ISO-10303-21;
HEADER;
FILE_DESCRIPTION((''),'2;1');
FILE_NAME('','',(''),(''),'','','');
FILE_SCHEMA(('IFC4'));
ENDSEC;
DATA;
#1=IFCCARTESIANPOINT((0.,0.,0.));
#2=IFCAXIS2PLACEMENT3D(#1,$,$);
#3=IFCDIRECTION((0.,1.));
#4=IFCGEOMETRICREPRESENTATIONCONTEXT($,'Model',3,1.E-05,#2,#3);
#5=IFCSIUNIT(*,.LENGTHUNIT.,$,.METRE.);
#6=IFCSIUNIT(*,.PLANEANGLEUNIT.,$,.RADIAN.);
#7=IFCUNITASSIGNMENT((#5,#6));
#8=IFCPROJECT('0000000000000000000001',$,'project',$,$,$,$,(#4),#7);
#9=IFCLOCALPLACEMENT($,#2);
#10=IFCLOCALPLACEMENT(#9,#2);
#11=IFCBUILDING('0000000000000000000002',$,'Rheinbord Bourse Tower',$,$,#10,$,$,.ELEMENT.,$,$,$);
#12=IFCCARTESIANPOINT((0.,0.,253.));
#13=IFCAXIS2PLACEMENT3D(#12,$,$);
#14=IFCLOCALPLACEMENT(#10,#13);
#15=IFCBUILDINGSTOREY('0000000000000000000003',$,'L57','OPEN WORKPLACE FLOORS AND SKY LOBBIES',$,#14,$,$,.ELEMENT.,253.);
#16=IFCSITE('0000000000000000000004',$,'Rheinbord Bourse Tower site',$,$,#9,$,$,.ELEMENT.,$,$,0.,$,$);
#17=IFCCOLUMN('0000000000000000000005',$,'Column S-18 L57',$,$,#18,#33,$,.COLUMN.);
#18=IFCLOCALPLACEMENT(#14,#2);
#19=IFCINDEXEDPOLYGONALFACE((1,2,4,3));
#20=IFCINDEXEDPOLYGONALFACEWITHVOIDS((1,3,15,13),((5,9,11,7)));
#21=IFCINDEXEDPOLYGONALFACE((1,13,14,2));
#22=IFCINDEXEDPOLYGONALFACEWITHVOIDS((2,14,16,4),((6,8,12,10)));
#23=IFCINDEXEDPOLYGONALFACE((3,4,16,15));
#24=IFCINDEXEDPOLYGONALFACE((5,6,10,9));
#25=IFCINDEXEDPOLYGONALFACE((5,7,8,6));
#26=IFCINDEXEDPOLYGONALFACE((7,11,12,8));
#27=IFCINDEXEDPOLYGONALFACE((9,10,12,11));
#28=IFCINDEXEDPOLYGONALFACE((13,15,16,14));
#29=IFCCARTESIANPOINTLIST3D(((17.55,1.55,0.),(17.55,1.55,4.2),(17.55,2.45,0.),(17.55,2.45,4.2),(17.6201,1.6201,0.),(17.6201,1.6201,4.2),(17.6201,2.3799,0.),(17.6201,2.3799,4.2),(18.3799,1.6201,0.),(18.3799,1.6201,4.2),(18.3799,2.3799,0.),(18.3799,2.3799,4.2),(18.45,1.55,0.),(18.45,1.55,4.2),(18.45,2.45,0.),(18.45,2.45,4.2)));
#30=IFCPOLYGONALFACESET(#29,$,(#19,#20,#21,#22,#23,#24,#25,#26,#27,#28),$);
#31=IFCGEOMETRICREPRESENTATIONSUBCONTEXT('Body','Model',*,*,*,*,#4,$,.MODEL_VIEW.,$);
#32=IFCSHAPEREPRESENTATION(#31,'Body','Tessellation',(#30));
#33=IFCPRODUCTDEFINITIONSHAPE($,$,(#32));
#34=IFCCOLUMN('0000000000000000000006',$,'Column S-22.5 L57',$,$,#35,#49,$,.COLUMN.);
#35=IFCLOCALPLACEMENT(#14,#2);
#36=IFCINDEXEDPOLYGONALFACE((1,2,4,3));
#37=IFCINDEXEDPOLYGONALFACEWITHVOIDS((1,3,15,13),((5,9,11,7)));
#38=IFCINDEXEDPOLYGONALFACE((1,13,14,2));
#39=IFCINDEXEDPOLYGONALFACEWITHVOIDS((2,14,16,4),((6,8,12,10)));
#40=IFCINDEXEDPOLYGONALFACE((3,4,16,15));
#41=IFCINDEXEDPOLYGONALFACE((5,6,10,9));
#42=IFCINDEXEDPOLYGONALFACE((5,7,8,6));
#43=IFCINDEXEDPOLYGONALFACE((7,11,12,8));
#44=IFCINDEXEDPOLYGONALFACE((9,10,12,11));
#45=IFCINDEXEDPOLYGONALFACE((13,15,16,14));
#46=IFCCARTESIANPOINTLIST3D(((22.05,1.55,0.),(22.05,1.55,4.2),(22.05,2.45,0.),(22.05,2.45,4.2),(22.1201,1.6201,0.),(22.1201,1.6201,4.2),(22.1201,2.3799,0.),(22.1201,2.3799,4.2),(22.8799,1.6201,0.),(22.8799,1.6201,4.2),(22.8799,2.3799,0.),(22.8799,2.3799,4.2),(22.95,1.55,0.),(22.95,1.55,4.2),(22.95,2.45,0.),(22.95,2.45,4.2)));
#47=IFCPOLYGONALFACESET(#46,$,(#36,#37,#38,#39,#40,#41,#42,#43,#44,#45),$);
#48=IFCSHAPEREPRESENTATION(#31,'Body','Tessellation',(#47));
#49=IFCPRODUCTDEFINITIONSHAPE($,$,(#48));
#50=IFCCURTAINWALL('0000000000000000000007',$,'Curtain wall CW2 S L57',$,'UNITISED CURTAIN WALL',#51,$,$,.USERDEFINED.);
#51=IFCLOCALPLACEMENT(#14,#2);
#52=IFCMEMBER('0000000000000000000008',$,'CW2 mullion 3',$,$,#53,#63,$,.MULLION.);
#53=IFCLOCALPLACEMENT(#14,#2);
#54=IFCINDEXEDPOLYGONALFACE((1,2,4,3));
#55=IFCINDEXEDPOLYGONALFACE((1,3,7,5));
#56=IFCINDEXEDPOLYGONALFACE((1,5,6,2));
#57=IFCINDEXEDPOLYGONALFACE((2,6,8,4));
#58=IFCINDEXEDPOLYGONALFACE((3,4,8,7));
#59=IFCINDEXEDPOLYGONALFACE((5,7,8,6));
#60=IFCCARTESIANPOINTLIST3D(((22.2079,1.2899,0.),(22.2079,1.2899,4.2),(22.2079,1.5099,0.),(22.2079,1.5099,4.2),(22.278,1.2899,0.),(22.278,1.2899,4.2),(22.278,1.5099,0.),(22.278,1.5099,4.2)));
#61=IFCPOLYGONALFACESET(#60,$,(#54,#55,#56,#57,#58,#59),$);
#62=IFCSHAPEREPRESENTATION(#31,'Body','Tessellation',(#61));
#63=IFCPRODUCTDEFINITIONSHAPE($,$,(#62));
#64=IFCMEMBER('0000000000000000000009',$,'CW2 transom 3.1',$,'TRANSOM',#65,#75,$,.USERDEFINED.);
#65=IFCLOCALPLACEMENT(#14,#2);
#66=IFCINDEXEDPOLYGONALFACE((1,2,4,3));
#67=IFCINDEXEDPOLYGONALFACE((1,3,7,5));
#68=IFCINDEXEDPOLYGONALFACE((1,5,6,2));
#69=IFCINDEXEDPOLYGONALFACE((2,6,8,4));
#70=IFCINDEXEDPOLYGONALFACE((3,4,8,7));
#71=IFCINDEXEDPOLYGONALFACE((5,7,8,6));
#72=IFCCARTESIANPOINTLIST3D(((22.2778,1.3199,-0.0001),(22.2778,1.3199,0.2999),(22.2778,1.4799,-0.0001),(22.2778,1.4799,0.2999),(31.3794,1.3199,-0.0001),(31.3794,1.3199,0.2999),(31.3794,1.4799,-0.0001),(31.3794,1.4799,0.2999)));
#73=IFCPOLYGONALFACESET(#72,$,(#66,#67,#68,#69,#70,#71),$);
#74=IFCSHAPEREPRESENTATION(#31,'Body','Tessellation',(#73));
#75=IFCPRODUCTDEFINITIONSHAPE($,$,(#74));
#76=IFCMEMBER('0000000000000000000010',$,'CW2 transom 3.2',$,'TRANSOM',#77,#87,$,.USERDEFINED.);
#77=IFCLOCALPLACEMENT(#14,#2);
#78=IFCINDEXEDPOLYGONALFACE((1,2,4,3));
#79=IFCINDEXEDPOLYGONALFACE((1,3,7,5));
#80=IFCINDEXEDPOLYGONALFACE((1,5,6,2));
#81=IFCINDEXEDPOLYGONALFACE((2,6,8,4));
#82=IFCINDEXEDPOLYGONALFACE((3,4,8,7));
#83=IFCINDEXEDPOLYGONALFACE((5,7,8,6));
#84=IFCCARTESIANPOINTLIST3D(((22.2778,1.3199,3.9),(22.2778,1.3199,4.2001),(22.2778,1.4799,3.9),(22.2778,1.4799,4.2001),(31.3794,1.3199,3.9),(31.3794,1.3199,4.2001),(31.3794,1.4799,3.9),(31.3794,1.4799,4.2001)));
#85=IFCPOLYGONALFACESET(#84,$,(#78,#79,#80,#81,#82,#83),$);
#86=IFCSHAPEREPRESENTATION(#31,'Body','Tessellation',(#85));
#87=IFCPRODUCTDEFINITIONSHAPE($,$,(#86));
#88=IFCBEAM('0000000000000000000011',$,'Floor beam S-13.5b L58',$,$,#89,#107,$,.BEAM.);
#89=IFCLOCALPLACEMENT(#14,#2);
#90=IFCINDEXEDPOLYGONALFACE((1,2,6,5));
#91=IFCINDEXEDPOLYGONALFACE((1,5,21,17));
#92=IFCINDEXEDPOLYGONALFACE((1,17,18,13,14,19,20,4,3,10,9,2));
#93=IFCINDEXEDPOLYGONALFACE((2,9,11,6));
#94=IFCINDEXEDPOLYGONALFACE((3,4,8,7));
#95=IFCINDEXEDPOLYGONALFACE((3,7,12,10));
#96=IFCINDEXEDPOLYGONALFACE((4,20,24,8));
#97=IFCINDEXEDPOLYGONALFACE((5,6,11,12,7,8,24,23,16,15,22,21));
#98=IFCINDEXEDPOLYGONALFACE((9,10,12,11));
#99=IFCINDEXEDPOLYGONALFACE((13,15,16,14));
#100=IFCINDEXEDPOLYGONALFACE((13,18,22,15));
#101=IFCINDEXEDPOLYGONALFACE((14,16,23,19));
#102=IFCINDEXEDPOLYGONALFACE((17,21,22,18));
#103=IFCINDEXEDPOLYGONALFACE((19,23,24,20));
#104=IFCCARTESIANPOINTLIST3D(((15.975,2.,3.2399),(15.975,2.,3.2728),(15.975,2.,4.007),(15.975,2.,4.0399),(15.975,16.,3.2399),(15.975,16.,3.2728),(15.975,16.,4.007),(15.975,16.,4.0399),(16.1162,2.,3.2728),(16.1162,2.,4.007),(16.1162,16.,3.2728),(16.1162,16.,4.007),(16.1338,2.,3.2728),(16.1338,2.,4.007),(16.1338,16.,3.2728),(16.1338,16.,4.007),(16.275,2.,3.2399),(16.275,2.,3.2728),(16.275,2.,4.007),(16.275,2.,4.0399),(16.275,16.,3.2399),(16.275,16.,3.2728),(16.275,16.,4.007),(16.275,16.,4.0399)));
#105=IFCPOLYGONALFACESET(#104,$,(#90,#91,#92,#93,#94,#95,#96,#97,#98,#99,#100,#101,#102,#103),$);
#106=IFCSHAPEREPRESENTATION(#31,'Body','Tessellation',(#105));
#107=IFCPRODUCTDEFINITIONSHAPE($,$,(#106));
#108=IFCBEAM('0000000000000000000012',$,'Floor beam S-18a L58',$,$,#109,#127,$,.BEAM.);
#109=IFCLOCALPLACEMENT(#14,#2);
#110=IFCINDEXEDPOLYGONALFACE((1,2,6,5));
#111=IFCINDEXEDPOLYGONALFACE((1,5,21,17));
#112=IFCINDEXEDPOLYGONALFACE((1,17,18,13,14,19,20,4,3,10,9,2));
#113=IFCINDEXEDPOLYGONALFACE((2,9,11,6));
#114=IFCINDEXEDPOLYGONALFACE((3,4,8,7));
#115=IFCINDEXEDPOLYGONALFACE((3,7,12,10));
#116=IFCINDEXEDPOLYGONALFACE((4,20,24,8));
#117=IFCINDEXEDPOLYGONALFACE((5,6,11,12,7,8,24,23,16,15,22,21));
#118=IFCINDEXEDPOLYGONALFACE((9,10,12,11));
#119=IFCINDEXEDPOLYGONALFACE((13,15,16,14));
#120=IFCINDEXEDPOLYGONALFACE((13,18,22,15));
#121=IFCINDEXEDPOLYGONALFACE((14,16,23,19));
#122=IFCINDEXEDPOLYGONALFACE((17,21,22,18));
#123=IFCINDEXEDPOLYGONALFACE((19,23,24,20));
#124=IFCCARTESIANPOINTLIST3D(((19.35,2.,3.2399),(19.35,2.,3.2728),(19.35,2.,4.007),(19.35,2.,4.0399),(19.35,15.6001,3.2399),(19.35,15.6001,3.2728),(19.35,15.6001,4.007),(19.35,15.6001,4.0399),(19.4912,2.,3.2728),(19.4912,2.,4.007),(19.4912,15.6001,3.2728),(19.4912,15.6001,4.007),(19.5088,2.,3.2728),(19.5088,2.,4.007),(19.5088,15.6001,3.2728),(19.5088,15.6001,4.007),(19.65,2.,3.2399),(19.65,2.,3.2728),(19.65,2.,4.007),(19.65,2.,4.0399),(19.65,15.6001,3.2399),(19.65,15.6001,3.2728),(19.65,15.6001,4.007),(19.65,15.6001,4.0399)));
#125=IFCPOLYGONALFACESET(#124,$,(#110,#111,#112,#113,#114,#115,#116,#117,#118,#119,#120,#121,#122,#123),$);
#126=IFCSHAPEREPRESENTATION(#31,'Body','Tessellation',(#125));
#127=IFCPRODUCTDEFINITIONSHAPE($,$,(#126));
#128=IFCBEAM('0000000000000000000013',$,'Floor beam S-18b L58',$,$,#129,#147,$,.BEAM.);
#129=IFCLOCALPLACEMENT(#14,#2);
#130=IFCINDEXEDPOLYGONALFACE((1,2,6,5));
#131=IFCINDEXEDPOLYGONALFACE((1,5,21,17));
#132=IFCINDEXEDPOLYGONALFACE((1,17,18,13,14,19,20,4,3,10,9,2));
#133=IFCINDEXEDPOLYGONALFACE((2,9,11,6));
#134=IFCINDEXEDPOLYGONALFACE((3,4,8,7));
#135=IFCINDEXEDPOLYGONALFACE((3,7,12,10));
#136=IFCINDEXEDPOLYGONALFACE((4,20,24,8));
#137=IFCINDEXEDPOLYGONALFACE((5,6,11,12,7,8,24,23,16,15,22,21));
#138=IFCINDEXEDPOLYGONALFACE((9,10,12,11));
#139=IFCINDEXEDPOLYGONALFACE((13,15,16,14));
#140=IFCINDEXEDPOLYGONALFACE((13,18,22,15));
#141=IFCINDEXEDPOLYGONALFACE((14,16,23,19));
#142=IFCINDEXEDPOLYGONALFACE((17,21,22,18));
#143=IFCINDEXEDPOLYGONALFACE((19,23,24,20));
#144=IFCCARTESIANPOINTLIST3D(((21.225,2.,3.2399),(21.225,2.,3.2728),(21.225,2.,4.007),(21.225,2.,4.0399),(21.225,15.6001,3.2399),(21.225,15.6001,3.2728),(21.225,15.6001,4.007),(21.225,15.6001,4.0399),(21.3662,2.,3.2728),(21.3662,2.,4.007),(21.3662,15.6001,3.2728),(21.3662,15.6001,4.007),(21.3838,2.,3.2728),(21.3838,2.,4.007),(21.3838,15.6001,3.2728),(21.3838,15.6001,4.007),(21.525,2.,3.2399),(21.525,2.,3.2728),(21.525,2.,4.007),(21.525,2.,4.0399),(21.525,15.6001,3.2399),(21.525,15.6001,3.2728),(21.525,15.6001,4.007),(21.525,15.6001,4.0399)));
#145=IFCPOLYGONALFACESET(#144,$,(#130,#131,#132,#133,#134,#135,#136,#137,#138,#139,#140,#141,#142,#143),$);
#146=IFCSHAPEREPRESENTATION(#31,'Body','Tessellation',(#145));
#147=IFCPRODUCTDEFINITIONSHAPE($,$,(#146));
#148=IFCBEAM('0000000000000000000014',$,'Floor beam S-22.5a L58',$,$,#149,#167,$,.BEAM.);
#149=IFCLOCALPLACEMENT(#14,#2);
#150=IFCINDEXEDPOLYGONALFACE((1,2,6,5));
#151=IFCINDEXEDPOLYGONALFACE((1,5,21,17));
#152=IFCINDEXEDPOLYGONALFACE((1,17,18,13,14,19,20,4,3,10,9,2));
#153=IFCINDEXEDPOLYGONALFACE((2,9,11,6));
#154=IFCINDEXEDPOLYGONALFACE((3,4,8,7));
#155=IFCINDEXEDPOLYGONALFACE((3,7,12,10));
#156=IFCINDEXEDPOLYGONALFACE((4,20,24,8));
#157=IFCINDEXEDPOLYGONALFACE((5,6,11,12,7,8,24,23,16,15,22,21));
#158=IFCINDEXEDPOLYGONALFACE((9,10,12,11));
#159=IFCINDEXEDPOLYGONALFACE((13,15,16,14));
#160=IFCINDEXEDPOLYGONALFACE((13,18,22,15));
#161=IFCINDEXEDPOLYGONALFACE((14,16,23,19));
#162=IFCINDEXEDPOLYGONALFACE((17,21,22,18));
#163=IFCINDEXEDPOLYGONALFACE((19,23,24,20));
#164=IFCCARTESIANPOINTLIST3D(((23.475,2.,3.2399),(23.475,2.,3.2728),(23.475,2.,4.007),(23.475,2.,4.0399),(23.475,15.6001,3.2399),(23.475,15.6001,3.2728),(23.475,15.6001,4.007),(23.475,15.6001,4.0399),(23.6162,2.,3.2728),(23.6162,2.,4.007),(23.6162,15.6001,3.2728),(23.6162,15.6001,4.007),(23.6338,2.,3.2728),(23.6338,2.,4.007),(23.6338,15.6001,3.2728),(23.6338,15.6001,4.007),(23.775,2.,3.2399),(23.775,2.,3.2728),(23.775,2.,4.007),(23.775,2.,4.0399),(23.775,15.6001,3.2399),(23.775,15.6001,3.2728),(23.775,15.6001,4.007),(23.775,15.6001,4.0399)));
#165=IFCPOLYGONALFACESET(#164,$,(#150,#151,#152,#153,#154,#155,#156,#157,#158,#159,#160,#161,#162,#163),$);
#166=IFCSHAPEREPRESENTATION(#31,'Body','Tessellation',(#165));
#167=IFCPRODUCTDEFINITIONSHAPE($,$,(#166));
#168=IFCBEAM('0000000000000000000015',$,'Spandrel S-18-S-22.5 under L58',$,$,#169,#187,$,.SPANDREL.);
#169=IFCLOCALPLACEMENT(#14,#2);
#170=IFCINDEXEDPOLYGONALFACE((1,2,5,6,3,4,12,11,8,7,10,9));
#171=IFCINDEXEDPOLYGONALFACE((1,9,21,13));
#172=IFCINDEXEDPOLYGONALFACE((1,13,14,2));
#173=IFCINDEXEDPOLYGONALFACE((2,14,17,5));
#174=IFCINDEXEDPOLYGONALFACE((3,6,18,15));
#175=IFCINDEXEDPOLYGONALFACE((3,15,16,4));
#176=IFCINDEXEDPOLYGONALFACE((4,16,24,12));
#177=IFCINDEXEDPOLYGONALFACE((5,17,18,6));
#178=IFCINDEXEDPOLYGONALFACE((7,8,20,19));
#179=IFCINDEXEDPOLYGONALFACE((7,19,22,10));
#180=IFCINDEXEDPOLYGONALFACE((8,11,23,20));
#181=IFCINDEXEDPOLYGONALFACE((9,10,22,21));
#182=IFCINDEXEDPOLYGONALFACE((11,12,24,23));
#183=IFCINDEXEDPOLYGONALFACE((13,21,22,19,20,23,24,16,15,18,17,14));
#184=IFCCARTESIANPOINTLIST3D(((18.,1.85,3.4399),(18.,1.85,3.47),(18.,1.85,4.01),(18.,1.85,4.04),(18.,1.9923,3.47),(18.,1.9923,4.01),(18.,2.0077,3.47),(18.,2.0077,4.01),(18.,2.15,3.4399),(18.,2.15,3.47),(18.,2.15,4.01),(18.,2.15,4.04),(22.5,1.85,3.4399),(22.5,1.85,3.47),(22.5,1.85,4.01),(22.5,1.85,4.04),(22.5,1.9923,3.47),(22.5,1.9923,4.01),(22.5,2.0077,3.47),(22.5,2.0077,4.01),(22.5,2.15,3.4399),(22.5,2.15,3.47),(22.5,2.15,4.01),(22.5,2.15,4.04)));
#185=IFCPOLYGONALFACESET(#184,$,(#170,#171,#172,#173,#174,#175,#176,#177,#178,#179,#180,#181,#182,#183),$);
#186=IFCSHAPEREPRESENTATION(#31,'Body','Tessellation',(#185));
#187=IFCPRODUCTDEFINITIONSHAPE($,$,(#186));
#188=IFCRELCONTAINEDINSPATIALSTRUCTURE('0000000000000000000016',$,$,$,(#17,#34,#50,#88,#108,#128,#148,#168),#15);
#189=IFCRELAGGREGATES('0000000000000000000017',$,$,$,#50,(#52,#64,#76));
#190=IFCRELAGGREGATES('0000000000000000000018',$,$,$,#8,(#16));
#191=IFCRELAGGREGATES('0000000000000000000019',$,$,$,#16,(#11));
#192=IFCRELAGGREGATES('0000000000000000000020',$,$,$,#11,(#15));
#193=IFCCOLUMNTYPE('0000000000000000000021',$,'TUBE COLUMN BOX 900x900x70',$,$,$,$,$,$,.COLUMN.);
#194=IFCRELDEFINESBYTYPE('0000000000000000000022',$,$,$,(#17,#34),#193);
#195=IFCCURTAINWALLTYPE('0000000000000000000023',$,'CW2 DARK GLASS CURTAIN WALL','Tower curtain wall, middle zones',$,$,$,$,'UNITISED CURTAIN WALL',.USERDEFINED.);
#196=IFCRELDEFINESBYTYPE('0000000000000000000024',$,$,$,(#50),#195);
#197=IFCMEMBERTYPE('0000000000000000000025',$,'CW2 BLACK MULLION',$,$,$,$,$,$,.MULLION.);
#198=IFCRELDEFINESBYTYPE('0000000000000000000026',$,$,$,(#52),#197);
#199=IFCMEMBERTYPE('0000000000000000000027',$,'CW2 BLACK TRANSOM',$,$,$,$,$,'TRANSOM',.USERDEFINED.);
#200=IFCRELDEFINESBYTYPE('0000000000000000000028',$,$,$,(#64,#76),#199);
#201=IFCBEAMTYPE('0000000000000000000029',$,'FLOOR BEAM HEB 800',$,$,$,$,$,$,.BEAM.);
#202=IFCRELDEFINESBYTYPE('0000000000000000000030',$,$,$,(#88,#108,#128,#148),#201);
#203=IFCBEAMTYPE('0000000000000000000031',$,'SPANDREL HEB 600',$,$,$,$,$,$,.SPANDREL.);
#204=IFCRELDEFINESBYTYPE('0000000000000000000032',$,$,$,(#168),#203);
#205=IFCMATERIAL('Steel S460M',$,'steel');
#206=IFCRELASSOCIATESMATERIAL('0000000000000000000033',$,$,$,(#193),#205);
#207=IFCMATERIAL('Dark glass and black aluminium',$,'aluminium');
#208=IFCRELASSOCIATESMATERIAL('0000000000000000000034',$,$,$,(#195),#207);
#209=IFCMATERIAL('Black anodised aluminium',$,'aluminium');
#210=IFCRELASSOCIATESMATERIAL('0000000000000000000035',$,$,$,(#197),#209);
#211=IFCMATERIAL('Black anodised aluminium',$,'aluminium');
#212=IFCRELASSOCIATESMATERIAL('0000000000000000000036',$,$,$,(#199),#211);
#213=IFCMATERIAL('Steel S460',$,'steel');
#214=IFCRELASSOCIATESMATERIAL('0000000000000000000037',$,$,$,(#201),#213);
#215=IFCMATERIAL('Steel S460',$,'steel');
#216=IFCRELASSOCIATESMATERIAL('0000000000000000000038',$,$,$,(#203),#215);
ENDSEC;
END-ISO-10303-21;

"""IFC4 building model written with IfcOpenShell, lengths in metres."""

from ifc_helpers import new_model, si_unit, direction, frame, origin, origin_2d, place, context, subcontext, project, spatial, rectangle, hollow_rectangle, i_section, extrude, material, material_profile, profile_set, type_object, element, aggregate, save


model = new_model("IFC4")

# Units and contexts
model_context = context("Model", 3, precision=1e-05, world=origin(), true_north=direction((0.0, 1.0)))
body_context = subcontext(model_context, "Body", "Model", "MODEL_VIEW")
ifc_project = project(units=[si_unit("LENGTHUNIT", "METRE"), si_unit("PLANEANGLEUNIT", "RADIAN")], contexts=[model_context])

# Site, building, storey
site_placement = place(None, origin())
site = spatial("IfcSite", under=ifc_project, at=site_placement, Name="Rheinbord Bourse Tower site", CompositionType="ELEMENT", RefElevation=0.0)
building_placement = place(site_placement, origin())
building = spatial("IfcBuilding", under=site, at=building_placement, Name="Rheinbord Bourse Tower", CompositionType="ELEMENT")
storey_placement = place(building_placement, frame((0.0, 0.0, 253.0)))
storey = spatial("IfcBuildingStorey", under=building, at=storey_placement, Name="L57", Description="OPEN WORKPLACE FLOORS AND SKY LOBBIES", CompositionType="ELEMENT", Elevation=253.0)

# Columns
ifc_material_1 = material(Name="Steel S460M", Category="steel")
ifc_material_profile_1 = material_profile(ifc_material_1, hollow_rectangle(XDim=0.8999, YDim=0.8999, WallThickness=0.0701, at=origin_2d()), Name="BOX 900x900x70")
ifc_profile_set_1 = profile_set([ifc_material_profile_1], Name="Steel S460M")
column_type = type_object("IfcColumnType", Name="TUBE COLUMN BOX 900x900x70", PredefinedType="COLUMN", material=ifc_profile_set_1)
for number, where, z_axis, x_axis, name in (
    (1, (18.0, 2.0, 0.0), (0.0, 0.0, 1.0), (0.0, 1.0, 0.0), "Column S-18 L57"),
    (2, (22.5, 2.0, 0.0), (0.0, 0.0, 1.0), (0.0, 1.0, 0.0), "Column S-22.5 L57"),
):
    element("IfcColumn", number, at=place(storey_placement, frame(where, z_axis=z_axis, x_axis=x_axis)), inside=storey, type_object=column_type, Name=name, PredefinedType="COLUMN", context=body_context, shape_type="SweptSolid", body=[
        extrude(hollow_rectangle(XDim=0.8999, YDim=0.8999, WallThickness=0.0701, at=origin_2d()), origin(), (0.0, 0.0, 1.0), 4.2),
    ])

# Curtain wall, members
ifc_material_2 = material(Name="Dark glass and black aluminium", Category="aluminium")
curtain_wall_type = type_object("IfcCurtainWallType", Name="CW2 DARK GLASS CURTAIN WALL", Description="Tower curtain wall, middle zones", ElementType="UNITISED CURTAIN WALL", PredefinedType="USERDEFINED", material=ifc_material_2)
curtain_wall_placement = place(storey_placement, origin())
curtain_wall = element("IfcCurtainWall", 3, at=curtain_wall_placement, inside=storey, type_object=curtain_wall_type, Name="Curtain wall CW2 S L57", ObjectType="UNITISED CURTAIN WALL", PredefinedType="USERDEFINED")
ifc_material_3 = material(Name="Black anodised aluminium", Category="aluminium")
ifc_material_profile_2 = material_profile(ifc_material_3, rectangle(XDim=0.22, YDim=0.0701, at=origin_2d()), Name="CW2 MULLION 70x220")
ifc_profile_set_2 = profile_set([ifc_material_profile_2], Name="Black anodised aluminium")
member_type_1 = type_object("IfcMemberType", Name="CW2 BLACK MULLION", PredefinedType="MULLION", material=ifc_profile_set_2)
member_1_placement = place(storey_placement, frame((22.2429, 1.3999, 0.0), z_axis=(0.0, 0.0, 1.0), x_axis=(0.0, 1.0, 0.0)))
member_1 = element("IfcMember", 4, at=member_1_placement, type_object=member_type_1, Name="CW2 mullion 3", PredefinedType="MULLION", context=body_context, shape_type="SweptSolid", body=[
    extrude(rectangle(XDim=0.22, YDim=0.0701, at=origin_2d()), origin(), (0.0, 0.0, 1.0), 4.2),
])
ifc_material_4 = material(Name="Black anodised aluminium", Category="aluminium")
ifc_material_profile_3 = material_profile(ifc_material_4, rectangle(XDim=0.1599, YDim=0.3, at=origin_2d()), Name="CW2 TRANSOM 300x160")
ifc_profile_set_3 = profile_set([ifc_material_profile_3], Name="Black anodised aluminium")
member_type_2 = type_object("IfcMemberType", Name="CW2 BLACK TRANSOM", ElementType="TRANSOM", PredefinedType="USERDEFINED", material=ifc_profile_set_3)
member_2_placement = place(storey_placement, frame((22.2778, 1.3999, 0.1499), z_axis=(1.0, 0.0, 0.0), x_axis=(0.0, 1.0, 0.0)))
member_2 = element("IfcMember", 5, at=member_2_placement, type_object=member_type_2, Name="CW2 transom 3.1", ObjectType="TRANSOM", PredefinedType="USERDEFINED", context=body_context, shape_type="SweptSolid", body=[
    extrude(rectangle(XDim=0.1599, YDim=0.3, at=origin_2d()), origin(), (0.0, 0.0, 1.0), 9.1016),
])
member_3_placement = place(storey_placement, frame((22.2778, 1.3999, 4.05), z_axis=(1.0, 0.0, 0.0), x_axis=(0.0, 1.0, 0.0)))
member_3 = element("IfcMember", 6, at=member_3_placement, type_object=member_type_2, Name="CW2 transom 3.2", ObjectType="TRANSOM", PredefinedType="USERDEFINED", context=body_context, shape_type="SweptSolid", body=[
    extrude(rectangle(XDim=0.1599, YDim=0.3, at=origin_2d()), origin(), (0.0, 0.0, 1.0), 9.1016),
])

# Beams
ifc_material_5 = material(Name="Steel S460", Category="steel")
ifc_material_profile_4 = material_profile(ifc_material_5, i_section(OverallWidth=0.3, OverallDepth=0.8, WebThickness=0.0176, FlangeThickness=0.033, at=origin_2d()), Name="HEB 800")
ifc_profile_set_4 = profile_set([ifc_material_profile_4], Name="Steel S460")
beam_type_1 = type_object("IfcBeamType", Name="FLOOR BEAM HEB 800", PredefinedType="BEAM", material=ifc_profile_set_4)
beam_placement = place(storey_placement, frame((16.125, 2.0, 3.6399), z_axis=(0.0, 1.0, 0.0), x_axis=(-1.0, 0.0, 0.0)))
element("IfcBeam", 7, at=beam_placement, inside=storey, type_object=beam_type_1, Name="Floor beam S-13.5b L58", PredefinedType="BEAM", context=body_context, shape_type="SweptSolid", body=[
    extrude(i_section(OverallWidth=0.3, OverallDepth=0.8, WebThickness=0.0176, FlangeThickness=0.033, at=origin_2d()), origin(), (0.0, 0.0, 1.0), 14.0),
])
for number, where, z_axis, x_axis, name in (
    (8, (19.5, 2.0, 3.6399), (0.0, 1.0, 0.0), (-1.0, 0.0, 0.0), "Floor beam S-18a L58"),
    (9, (21.375, 2.0, 3.6399), (0.0, 1.0, 0.0), (-1.0, 0.0, 0.0), "Floor beam S-18b L58"),
    (10, (23.625, 2.0, 3.6399), (0.0, 1.0, 0.0), (-1.0, 0.0, 0.0), "Floor beam S-22.5a L58"),
):
    element("IfcBeam", number, at=place(storey_placement, frame(where, z_axis=z_axis, x_axis=x_axis)), inside=storey, type_object=beam_type_1, Name=name, PredefinedType="BEAM", context=body_context, shape_type="SweptSolid", body=[
        extrude(i_section(OverallWidth=0.3, OverallDepth=0.8, WebThickness=0.0176, FlangeThickness=0.033, at=origin_2d()), origin(), (0.0, 0.0, 1.0), 13.6001),
    ])
ifc_material_6 = material(Name="Steel S460", Category="steel")
ifc_material_profile_5 = material_profile(ifc_material_6, i_section(OverallWidth=0.3, OverallDepth=0.6001, WebThickness=0.0154, FlangeThickness=0.03, at=origin_2d()), Name="HEB 600")
ifc_profile_set_5 = profile_set([ifc_material_profile_5], Name="Steel S460")
beam_type_2 = type_object("IfcBeamType", Name="SPANDREL HEB 600", PredefinedType="SPANDREL", material=ifc_profile_set_5)
for number, where, z_axis, x_axis, name in (
    (11, (18.0, 2.0, 3.74), (1.0, 0.0, 0.0), (0.0, 1.0, 0.0), "Spandrel S-18-S-22.5 under L58"),
):
    element("IfcBeam", number, at=place(storey_placement, frame(where, z_axis=z_axis, x_axis=x_axis)), inside=storey, type_object=beam_type_2, Name=name, PredefinedType="SPANDREL", context=body_context, shape_type="SweptSolid", body=[
        extrude(i_section(OverallWidth=0.3, OverallDepth=0.6001, WebThickness=0.0154, FlangeThickness=0.03, at=origin_2d()), origin(), (0.0, 0.0, 1.0), 4.5),
    ])

aggregate(curtain_wall, [member_1, member_2, member_3])

save(model, "model.ifc")
